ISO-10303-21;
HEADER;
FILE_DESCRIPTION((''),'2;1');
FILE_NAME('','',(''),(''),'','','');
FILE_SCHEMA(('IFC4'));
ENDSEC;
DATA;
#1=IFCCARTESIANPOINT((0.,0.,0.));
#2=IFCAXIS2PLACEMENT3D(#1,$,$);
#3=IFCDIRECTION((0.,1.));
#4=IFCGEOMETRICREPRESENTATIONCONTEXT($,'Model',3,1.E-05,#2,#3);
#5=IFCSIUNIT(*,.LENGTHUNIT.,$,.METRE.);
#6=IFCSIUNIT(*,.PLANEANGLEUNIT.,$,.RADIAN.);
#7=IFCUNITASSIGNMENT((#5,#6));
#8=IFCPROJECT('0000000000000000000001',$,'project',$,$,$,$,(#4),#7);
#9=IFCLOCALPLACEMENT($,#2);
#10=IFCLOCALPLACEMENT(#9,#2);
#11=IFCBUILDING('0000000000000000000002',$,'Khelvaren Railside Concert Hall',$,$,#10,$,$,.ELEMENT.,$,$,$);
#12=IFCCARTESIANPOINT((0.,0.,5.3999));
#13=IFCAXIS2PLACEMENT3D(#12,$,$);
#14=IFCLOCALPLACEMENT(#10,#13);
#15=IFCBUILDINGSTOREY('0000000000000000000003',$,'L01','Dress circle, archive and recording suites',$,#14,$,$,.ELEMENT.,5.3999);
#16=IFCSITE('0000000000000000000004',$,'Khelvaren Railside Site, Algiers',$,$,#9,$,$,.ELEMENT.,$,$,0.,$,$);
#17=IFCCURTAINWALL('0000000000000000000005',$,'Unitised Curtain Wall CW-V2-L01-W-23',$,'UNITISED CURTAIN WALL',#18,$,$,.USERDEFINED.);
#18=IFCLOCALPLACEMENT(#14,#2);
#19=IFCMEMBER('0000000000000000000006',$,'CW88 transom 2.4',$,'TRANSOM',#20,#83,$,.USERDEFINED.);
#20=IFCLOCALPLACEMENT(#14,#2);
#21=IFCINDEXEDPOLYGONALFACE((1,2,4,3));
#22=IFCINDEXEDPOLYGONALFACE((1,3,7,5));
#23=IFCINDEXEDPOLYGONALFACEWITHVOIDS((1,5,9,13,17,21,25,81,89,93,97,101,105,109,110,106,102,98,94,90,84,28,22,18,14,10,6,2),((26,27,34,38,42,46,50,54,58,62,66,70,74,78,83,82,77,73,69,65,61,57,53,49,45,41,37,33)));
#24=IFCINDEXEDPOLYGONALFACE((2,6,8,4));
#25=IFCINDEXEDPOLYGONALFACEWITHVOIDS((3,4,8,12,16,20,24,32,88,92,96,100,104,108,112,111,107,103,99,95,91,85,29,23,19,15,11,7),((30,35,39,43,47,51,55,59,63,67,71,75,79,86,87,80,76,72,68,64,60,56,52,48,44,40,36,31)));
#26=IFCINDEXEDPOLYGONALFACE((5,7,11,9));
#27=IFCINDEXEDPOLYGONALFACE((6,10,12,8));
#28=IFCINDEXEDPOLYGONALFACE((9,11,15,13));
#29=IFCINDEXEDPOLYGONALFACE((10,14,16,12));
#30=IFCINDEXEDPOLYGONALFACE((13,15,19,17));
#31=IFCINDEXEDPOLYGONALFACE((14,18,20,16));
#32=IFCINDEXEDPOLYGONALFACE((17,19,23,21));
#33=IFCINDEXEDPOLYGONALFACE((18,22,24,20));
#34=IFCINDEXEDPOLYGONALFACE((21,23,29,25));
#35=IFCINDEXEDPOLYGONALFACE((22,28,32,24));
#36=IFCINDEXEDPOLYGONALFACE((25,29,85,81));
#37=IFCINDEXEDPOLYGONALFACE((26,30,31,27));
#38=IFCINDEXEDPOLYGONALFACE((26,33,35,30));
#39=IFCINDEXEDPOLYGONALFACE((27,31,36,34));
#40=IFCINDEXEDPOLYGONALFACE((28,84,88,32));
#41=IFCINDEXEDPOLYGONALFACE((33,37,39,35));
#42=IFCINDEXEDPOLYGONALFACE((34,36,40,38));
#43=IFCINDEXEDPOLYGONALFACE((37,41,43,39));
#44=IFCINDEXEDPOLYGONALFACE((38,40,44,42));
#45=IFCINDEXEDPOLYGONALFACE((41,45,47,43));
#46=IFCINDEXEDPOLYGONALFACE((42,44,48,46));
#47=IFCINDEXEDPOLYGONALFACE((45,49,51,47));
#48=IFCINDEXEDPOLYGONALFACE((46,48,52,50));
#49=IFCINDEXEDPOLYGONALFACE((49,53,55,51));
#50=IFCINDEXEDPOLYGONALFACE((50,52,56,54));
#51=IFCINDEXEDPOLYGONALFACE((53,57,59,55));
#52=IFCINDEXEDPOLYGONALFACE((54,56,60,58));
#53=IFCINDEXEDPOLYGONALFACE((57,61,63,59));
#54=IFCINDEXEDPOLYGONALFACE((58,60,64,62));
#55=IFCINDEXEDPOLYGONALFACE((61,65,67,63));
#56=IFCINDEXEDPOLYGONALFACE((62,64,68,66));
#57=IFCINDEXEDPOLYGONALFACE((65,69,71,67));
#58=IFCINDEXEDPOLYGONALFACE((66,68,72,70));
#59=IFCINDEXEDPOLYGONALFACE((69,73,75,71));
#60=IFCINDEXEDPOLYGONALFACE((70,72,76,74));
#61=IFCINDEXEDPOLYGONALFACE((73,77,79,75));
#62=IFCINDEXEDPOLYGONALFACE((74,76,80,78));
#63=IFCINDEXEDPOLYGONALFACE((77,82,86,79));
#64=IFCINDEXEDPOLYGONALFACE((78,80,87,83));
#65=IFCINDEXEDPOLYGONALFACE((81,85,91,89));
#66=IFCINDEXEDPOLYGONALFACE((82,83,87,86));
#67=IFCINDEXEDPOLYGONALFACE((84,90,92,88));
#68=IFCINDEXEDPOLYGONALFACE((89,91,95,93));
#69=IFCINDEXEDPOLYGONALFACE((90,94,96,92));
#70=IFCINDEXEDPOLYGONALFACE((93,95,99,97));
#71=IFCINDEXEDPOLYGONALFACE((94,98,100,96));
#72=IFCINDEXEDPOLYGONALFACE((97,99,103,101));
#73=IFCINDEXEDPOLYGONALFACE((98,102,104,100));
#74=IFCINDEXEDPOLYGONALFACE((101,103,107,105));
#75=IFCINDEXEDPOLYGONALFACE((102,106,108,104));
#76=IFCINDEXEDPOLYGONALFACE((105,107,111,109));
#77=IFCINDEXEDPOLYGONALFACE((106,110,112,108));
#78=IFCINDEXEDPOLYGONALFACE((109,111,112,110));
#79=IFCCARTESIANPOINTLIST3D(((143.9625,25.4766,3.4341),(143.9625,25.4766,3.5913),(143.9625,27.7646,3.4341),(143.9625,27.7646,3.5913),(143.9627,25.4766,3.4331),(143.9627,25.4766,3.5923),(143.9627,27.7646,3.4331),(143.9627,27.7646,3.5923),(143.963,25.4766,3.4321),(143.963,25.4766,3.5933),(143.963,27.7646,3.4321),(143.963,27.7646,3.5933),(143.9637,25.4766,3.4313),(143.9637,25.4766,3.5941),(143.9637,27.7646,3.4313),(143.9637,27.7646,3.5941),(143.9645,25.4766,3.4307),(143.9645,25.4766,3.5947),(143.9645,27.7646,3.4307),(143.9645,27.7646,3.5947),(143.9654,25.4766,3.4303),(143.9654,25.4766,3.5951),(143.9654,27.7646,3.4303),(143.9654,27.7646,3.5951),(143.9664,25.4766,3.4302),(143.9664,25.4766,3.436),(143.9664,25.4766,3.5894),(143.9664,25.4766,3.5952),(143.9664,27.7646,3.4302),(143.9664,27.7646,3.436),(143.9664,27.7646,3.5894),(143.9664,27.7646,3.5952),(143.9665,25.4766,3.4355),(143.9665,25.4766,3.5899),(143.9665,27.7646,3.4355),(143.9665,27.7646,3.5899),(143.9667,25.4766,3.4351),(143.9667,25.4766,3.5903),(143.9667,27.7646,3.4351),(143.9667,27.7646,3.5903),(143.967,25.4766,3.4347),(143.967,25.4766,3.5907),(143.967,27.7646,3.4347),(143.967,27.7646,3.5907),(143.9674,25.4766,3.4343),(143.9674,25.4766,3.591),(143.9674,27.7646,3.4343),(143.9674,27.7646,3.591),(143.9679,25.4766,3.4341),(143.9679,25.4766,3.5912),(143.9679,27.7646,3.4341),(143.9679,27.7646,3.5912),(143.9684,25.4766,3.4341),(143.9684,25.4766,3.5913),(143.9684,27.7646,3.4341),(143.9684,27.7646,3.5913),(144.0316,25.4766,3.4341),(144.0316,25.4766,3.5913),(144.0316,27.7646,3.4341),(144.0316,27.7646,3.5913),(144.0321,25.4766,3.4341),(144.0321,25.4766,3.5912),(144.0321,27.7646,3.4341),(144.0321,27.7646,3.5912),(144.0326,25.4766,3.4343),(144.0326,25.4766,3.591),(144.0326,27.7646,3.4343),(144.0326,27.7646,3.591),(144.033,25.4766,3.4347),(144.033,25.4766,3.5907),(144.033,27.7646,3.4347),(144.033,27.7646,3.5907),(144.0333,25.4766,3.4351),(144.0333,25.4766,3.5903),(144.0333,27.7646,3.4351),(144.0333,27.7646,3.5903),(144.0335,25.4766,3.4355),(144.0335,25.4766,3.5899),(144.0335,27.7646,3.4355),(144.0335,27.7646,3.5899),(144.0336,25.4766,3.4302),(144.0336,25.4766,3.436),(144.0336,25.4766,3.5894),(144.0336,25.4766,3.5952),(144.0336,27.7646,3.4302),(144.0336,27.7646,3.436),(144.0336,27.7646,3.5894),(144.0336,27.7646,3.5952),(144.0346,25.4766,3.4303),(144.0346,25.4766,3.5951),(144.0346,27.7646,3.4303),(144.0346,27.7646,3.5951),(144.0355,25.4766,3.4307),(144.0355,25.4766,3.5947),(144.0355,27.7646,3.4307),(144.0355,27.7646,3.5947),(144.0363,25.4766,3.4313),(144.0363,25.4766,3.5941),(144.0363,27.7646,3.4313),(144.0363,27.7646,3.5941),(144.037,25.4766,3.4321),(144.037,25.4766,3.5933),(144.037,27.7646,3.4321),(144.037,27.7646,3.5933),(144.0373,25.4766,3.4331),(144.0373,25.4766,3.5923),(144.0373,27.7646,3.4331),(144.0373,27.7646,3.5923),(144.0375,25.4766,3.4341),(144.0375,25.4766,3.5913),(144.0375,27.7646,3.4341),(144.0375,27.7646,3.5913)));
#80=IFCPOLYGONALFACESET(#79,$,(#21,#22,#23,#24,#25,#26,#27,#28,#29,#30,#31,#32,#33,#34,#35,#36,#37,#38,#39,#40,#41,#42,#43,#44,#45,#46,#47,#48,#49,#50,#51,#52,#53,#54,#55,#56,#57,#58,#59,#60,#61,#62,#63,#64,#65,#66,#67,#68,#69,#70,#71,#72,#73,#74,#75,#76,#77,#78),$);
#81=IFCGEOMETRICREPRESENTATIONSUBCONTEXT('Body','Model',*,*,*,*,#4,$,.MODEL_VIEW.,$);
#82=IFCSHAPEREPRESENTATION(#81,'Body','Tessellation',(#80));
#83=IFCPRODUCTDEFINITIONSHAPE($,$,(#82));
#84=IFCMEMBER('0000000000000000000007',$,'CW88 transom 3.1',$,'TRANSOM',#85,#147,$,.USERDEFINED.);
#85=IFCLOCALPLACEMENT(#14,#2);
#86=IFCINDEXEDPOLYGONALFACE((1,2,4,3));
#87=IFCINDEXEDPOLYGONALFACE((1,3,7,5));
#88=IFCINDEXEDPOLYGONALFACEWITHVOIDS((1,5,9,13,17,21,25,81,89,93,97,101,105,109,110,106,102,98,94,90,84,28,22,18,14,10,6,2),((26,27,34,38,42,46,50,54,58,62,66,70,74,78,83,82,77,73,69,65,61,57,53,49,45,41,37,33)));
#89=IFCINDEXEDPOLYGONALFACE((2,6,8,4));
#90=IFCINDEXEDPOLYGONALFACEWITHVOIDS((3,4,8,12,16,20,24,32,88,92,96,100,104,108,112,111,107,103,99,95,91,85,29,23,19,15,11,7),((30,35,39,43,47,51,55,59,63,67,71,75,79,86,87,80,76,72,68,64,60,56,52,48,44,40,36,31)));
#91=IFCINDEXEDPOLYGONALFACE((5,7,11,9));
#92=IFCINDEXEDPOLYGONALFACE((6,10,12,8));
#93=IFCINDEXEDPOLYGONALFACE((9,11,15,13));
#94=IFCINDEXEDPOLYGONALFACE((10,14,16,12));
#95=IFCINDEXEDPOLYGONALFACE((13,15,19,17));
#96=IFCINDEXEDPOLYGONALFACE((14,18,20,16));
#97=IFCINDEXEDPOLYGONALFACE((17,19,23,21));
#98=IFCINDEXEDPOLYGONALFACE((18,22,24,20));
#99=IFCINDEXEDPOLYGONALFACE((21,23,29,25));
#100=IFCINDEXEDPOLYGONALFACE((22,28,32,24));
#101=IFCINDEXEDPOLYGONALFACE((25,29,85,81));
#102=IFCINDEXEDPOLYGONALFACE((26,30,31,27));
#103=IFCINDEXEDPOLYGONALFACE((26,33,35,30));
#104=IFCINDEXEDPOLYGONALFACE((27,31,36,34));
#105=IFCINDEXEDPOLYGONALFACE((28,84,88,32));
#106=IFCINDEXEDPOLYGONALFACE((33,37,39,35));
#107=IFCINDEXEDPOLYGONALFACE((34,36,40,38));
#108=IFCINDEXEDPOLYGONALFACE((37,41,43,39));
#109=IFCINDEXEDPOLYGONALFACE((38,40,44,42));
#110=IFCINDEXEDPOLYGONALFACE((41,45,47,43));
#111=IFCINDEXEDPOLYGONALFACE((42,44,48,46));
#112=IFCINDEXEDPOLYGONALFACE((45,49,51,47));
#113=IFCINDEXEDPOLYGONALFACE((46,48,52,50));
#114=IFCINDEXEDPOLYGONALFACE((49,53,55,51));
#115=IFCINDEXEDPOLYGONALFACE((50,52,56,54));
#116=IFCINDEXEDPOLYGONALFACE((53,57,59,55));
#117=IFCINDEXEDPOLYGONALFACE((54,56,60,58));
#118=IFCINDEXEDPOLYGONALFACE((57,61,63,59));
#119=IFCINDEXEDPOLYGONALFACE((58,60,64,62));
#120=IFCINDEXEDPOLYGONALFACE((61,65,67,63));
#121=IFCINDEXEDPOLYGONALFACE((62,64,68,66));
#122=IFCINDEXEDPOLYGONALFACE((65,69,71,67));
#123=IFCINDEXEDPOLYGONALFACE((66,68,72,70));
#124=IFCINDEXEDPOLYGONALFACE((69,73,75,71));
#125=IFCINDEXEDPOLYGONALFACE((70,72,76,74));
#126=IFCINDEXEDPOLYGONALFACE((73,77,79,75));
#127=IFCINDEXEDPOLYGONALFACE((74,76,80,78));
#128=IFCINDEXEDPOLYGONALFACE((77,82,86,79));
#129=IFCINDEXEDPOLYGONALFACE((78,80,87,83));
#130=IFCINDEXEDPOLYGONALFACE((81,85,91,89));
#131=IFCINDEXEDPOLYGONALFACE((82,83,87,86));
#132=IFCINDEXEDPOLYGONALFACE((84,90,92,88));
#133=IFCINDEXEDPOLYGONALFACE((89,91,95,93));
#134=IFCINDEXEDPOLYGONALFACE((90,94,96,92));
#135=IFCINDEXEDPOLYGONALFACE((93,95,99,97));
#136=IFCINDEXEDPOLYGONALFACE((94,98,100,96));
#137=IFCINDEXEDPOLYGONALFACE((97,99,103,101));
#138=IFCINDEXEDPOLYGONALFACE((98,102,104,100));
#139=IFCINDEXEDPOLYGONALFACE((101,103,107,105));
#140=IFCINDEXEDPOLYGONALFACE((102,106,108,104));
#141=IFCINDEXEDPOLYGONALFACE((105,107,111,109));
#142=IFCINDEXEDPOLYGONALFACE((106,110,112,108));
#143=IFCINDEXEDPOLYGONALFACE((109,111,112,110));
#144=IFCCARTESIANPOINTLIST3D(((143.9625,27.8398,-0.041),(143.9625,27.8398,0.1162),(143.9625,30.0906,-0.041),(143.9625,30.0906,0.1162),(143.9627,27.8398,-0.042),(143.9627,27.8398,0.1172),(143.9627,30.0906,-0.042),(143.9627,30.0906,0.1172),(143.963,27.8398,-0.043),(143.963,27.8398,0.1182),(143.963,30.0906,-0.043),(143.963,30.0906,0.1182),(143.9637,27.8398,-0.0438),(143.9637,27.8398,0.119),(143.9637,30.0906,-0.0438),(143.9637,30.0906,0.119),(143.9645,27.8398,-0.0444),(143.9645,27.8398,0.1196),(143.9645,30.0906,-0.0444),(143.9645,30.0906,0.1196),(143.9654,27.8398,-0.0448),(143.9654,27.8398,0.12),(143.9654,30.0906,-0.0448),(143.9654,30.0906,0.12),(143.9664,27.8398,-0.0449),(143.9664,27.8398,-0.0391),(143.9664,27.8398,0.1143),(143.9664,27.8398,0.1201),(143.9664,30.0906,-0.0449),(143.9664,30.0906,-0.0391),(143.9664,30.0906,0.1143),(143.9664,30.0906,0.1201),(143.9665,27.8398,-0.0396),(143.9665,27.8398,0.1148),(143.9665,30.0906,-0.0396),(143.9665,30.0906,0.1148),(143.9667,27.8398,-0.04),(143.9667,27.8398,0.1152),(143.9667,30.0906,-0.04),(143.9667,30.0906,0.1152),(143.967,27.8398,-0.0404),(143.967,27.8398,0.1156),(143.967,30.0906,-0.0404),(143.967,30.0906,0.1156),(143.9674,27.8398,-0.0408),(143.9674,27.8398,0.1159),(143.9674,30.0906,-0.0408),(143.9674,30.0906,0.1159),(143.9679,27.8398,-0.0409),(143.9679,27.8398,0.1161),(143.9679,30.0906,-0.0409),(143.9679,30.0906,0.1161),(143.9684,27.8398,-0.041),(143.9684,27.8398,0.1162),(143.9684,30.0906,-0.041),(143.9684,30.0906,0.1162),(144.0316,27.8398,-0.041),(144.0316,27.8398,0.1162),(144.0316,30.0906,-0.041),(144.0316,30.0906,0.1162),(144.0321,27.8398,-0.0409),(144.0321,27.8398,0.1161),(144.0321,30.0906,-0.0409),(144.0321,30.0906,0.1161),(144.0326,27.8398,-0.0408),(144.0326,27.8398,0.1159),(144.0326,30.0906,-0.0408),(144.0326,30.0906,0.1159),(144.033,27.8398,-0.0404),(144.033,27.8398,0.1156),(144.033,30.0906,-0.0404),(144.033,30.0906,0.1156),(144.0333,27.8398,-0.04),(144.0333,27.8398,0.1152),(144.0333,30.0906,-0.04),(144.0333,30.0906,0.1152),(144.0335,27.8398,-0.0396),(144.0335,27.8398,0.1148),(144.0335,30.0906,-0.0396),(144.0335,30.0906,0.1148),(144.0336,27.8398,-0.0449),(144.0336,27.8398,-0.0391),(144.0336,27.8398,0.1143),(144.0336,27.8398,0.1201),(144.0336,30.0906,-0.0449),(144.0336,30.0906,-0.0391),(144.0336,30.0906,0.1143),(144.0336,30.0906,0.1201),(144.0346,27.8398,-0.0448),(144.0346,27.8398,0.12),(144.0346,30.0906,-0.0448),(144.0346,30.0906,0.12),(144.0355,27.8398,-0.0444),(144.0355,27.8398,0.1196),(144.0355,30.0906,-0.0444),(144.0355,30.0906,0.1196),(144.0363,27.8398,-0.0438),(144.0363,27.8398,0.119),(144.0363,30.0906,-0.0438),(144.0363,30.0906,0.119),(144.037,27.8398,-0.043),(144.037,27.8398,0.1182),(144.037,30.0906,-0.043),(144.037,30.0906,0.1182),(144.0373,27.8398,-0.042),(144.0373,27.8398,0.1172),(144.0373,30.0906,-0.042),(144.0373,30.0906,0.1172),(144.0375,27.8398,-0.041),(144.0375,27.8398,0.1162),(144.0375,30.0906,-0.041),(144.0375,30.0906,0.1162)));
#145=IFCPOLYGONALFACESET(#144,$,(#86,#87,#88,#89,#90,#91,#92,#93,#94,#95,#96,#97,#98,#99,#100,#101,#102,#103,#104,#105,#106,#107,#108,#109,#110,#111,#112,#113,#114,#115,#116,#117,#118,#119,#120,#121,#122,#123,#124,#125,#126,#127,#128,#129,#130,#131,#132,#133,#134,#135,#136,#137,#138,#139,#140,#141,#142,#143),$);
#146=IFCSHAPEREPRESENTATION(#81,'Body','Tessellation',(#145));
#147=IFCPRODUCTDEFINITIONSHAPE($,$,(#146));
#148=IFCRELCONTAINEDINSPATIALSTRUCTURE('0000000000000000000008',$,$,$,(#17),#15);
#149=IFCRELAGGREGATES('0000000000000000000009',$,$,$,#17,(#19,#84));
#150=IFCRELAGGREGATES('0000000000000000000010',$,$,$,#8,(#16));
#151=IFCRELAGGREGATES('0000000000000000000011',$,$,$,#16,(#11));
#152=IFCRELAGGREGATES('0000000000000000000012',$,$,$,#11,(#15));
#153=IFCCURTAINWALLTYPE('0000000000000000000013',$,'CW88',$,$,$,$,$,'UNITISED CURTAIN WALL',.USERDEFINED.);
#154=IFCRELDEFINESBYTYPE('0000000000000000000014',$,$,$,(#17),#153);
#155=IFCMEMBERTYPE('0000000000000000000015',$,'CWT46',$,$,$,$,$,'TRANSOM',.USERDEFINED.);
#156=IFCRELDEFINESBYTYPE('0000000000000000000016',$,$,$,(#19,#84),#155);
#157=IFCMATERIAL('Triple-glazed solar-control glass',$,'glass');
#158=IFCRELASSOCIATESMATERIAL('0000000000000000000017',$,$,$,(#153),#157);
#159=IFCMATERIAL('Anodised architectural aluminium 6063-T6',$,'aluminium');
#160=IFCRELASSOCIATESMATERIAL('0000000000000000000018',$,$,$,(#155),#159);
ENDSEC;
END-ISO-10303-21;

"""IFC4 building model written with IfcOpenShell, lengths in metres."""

from ifc_helpers import new_model, si_unit, direction, frame, origin, origin_2d, place, context, subcontext, project, spatial, hollow_rectangle, extrude, material, material_profile, profile_set, type_object, element, aggregate, save


model = new_model("IFC4")

# Units and contexts
model_context = context("Model", 3, precision=1e-05, world=origin(), true_north=direction((0.0, 1.0)))
body_context = subcontext(model_context, "Body", "Model", "MODEL_VIEW")
ifc_project = project(units=[si_unit("LENGTHUNIT", "METRE"), si_unit("PLANEANGLEUNIT", "RADIAN")], contexts=[model_context])

# Site, building, storey
site_placement = place(None, origin())
site = spatial("IfcSite", under=ifc_project, at=site_placement, Name="Khelvaren Railside Site, Algiers", CompositionType="ELEMENT", RefElevation=0.0)
building_placement = place(site_placement, origin())
building = spatial("IfcBuilding", under=site, at=building_placement, Name="Khelvaren Railside Concert Hall", CompositionType="ELEMENT")
storey_placement = place(building_placement, frame((0.0, 0.0, 5.3999)))
storey = spatial("IfcBuildingStorey", under=building, at=storey_placement, Name="L01", Description="Dress circle, archive and recording suites", CompositionType="ELEMENT", Elevation=5.3999)

# Curtain wall, members
ifc_material_1 = material(Name="Triple-glazed solar-control glass", Category="glass")
curtain_wall_type = type_object("IfcCurtainWallType", Name="CW88", ElementType="UNITISED CURTAIN WALL", PredefinedType="USERDEFINED", material=ifc_material_1)
curtain_wall_placement = place(storey_placement, origin())
curtain_wall = element("IfcCurtainWall", 1, at=curtain_wall_placement, inside=storey, type_object=curtain_wall_type, Name="Unitised Curtain Wall CW-V2-L01-W-23", ObjectType="UNITISED CURTAIN WALL", PredefinedType="USERDEFINED")
ifc_material_2 = material(Name="Anodised architectural aluminium 6063-T6", Category="aluminium")
ifc_material_profile_1 = material_profile(ifc_material_2, hollow_rectangle(XDim=0.075, YDim=0.165, WallThickness=0.0039, InnerFilletRadius=0.002, OuterFilletRadius=0.0039, at=origin_2d()), Name="CWT 75x165x4")
ifc_profile_set_1 = profile_set([ifc_material_profile_1], Name="Anodised architectural aluminium 6063-T6")
member_type_1 = type_object("IfcMemberType", Name="CWT46", ElementType="TRANSOM", PredefinedType="USERDEFINED", material=ifc_profile_set_1)
member_1_placement = place(storey_placement, frame((144.0, 25.4766, 3.5127), z_axis=(0.0, 1.0, 0.0), x_axis=(-1.0, 0.0, 0.0)))
member_1 = element("IfcMember", 2, at=member_1_placement, type_object=member_type_1, Name="CW88 transom 2.4", ObjectType="TRANSOM", PredefinedType="USERDEFINED", context=body_context, shape_type="SweptSolid", body=[
    extrude(hollow_rectangle(XDim=0.075, YDim=0.165, WallThickness=0.0039, InnerFilletRadius=0.002, OuterFilletRadius=0.0039, at=origin_2d()), origin(), (0.0, 0.0, 1.0), 2.2881),
])
member_2_placement = place(storey_placement, frame((144.0, 27.8398, 0.0376), z_axis=(0.0, 1.0, 0.0), x_axis=(-1.0, 0.0, 0.0)))
member_2 = element("IfcMember", 3, at=member_2_placement, type_object=member_type_1, Name="CW88 transom 3.1", ObjectType="TRANSOM", PredefinedType="USERDEFINED", context=body_context, shape_type="SweptSolid", body=[
    extrude(hollow_rectangle(XDim=0.075, YDim=0.165, WallThickness=0.0039, InnerFilletRadius=0.002, OuterFilletRadius=0.0039, at=origin_2d()), origin(), (0.0, 0.0, 1.0), 2.2507),
])

aggregate(curtain_wall, [member_1, member_2])

save(model, "model.ifc")
